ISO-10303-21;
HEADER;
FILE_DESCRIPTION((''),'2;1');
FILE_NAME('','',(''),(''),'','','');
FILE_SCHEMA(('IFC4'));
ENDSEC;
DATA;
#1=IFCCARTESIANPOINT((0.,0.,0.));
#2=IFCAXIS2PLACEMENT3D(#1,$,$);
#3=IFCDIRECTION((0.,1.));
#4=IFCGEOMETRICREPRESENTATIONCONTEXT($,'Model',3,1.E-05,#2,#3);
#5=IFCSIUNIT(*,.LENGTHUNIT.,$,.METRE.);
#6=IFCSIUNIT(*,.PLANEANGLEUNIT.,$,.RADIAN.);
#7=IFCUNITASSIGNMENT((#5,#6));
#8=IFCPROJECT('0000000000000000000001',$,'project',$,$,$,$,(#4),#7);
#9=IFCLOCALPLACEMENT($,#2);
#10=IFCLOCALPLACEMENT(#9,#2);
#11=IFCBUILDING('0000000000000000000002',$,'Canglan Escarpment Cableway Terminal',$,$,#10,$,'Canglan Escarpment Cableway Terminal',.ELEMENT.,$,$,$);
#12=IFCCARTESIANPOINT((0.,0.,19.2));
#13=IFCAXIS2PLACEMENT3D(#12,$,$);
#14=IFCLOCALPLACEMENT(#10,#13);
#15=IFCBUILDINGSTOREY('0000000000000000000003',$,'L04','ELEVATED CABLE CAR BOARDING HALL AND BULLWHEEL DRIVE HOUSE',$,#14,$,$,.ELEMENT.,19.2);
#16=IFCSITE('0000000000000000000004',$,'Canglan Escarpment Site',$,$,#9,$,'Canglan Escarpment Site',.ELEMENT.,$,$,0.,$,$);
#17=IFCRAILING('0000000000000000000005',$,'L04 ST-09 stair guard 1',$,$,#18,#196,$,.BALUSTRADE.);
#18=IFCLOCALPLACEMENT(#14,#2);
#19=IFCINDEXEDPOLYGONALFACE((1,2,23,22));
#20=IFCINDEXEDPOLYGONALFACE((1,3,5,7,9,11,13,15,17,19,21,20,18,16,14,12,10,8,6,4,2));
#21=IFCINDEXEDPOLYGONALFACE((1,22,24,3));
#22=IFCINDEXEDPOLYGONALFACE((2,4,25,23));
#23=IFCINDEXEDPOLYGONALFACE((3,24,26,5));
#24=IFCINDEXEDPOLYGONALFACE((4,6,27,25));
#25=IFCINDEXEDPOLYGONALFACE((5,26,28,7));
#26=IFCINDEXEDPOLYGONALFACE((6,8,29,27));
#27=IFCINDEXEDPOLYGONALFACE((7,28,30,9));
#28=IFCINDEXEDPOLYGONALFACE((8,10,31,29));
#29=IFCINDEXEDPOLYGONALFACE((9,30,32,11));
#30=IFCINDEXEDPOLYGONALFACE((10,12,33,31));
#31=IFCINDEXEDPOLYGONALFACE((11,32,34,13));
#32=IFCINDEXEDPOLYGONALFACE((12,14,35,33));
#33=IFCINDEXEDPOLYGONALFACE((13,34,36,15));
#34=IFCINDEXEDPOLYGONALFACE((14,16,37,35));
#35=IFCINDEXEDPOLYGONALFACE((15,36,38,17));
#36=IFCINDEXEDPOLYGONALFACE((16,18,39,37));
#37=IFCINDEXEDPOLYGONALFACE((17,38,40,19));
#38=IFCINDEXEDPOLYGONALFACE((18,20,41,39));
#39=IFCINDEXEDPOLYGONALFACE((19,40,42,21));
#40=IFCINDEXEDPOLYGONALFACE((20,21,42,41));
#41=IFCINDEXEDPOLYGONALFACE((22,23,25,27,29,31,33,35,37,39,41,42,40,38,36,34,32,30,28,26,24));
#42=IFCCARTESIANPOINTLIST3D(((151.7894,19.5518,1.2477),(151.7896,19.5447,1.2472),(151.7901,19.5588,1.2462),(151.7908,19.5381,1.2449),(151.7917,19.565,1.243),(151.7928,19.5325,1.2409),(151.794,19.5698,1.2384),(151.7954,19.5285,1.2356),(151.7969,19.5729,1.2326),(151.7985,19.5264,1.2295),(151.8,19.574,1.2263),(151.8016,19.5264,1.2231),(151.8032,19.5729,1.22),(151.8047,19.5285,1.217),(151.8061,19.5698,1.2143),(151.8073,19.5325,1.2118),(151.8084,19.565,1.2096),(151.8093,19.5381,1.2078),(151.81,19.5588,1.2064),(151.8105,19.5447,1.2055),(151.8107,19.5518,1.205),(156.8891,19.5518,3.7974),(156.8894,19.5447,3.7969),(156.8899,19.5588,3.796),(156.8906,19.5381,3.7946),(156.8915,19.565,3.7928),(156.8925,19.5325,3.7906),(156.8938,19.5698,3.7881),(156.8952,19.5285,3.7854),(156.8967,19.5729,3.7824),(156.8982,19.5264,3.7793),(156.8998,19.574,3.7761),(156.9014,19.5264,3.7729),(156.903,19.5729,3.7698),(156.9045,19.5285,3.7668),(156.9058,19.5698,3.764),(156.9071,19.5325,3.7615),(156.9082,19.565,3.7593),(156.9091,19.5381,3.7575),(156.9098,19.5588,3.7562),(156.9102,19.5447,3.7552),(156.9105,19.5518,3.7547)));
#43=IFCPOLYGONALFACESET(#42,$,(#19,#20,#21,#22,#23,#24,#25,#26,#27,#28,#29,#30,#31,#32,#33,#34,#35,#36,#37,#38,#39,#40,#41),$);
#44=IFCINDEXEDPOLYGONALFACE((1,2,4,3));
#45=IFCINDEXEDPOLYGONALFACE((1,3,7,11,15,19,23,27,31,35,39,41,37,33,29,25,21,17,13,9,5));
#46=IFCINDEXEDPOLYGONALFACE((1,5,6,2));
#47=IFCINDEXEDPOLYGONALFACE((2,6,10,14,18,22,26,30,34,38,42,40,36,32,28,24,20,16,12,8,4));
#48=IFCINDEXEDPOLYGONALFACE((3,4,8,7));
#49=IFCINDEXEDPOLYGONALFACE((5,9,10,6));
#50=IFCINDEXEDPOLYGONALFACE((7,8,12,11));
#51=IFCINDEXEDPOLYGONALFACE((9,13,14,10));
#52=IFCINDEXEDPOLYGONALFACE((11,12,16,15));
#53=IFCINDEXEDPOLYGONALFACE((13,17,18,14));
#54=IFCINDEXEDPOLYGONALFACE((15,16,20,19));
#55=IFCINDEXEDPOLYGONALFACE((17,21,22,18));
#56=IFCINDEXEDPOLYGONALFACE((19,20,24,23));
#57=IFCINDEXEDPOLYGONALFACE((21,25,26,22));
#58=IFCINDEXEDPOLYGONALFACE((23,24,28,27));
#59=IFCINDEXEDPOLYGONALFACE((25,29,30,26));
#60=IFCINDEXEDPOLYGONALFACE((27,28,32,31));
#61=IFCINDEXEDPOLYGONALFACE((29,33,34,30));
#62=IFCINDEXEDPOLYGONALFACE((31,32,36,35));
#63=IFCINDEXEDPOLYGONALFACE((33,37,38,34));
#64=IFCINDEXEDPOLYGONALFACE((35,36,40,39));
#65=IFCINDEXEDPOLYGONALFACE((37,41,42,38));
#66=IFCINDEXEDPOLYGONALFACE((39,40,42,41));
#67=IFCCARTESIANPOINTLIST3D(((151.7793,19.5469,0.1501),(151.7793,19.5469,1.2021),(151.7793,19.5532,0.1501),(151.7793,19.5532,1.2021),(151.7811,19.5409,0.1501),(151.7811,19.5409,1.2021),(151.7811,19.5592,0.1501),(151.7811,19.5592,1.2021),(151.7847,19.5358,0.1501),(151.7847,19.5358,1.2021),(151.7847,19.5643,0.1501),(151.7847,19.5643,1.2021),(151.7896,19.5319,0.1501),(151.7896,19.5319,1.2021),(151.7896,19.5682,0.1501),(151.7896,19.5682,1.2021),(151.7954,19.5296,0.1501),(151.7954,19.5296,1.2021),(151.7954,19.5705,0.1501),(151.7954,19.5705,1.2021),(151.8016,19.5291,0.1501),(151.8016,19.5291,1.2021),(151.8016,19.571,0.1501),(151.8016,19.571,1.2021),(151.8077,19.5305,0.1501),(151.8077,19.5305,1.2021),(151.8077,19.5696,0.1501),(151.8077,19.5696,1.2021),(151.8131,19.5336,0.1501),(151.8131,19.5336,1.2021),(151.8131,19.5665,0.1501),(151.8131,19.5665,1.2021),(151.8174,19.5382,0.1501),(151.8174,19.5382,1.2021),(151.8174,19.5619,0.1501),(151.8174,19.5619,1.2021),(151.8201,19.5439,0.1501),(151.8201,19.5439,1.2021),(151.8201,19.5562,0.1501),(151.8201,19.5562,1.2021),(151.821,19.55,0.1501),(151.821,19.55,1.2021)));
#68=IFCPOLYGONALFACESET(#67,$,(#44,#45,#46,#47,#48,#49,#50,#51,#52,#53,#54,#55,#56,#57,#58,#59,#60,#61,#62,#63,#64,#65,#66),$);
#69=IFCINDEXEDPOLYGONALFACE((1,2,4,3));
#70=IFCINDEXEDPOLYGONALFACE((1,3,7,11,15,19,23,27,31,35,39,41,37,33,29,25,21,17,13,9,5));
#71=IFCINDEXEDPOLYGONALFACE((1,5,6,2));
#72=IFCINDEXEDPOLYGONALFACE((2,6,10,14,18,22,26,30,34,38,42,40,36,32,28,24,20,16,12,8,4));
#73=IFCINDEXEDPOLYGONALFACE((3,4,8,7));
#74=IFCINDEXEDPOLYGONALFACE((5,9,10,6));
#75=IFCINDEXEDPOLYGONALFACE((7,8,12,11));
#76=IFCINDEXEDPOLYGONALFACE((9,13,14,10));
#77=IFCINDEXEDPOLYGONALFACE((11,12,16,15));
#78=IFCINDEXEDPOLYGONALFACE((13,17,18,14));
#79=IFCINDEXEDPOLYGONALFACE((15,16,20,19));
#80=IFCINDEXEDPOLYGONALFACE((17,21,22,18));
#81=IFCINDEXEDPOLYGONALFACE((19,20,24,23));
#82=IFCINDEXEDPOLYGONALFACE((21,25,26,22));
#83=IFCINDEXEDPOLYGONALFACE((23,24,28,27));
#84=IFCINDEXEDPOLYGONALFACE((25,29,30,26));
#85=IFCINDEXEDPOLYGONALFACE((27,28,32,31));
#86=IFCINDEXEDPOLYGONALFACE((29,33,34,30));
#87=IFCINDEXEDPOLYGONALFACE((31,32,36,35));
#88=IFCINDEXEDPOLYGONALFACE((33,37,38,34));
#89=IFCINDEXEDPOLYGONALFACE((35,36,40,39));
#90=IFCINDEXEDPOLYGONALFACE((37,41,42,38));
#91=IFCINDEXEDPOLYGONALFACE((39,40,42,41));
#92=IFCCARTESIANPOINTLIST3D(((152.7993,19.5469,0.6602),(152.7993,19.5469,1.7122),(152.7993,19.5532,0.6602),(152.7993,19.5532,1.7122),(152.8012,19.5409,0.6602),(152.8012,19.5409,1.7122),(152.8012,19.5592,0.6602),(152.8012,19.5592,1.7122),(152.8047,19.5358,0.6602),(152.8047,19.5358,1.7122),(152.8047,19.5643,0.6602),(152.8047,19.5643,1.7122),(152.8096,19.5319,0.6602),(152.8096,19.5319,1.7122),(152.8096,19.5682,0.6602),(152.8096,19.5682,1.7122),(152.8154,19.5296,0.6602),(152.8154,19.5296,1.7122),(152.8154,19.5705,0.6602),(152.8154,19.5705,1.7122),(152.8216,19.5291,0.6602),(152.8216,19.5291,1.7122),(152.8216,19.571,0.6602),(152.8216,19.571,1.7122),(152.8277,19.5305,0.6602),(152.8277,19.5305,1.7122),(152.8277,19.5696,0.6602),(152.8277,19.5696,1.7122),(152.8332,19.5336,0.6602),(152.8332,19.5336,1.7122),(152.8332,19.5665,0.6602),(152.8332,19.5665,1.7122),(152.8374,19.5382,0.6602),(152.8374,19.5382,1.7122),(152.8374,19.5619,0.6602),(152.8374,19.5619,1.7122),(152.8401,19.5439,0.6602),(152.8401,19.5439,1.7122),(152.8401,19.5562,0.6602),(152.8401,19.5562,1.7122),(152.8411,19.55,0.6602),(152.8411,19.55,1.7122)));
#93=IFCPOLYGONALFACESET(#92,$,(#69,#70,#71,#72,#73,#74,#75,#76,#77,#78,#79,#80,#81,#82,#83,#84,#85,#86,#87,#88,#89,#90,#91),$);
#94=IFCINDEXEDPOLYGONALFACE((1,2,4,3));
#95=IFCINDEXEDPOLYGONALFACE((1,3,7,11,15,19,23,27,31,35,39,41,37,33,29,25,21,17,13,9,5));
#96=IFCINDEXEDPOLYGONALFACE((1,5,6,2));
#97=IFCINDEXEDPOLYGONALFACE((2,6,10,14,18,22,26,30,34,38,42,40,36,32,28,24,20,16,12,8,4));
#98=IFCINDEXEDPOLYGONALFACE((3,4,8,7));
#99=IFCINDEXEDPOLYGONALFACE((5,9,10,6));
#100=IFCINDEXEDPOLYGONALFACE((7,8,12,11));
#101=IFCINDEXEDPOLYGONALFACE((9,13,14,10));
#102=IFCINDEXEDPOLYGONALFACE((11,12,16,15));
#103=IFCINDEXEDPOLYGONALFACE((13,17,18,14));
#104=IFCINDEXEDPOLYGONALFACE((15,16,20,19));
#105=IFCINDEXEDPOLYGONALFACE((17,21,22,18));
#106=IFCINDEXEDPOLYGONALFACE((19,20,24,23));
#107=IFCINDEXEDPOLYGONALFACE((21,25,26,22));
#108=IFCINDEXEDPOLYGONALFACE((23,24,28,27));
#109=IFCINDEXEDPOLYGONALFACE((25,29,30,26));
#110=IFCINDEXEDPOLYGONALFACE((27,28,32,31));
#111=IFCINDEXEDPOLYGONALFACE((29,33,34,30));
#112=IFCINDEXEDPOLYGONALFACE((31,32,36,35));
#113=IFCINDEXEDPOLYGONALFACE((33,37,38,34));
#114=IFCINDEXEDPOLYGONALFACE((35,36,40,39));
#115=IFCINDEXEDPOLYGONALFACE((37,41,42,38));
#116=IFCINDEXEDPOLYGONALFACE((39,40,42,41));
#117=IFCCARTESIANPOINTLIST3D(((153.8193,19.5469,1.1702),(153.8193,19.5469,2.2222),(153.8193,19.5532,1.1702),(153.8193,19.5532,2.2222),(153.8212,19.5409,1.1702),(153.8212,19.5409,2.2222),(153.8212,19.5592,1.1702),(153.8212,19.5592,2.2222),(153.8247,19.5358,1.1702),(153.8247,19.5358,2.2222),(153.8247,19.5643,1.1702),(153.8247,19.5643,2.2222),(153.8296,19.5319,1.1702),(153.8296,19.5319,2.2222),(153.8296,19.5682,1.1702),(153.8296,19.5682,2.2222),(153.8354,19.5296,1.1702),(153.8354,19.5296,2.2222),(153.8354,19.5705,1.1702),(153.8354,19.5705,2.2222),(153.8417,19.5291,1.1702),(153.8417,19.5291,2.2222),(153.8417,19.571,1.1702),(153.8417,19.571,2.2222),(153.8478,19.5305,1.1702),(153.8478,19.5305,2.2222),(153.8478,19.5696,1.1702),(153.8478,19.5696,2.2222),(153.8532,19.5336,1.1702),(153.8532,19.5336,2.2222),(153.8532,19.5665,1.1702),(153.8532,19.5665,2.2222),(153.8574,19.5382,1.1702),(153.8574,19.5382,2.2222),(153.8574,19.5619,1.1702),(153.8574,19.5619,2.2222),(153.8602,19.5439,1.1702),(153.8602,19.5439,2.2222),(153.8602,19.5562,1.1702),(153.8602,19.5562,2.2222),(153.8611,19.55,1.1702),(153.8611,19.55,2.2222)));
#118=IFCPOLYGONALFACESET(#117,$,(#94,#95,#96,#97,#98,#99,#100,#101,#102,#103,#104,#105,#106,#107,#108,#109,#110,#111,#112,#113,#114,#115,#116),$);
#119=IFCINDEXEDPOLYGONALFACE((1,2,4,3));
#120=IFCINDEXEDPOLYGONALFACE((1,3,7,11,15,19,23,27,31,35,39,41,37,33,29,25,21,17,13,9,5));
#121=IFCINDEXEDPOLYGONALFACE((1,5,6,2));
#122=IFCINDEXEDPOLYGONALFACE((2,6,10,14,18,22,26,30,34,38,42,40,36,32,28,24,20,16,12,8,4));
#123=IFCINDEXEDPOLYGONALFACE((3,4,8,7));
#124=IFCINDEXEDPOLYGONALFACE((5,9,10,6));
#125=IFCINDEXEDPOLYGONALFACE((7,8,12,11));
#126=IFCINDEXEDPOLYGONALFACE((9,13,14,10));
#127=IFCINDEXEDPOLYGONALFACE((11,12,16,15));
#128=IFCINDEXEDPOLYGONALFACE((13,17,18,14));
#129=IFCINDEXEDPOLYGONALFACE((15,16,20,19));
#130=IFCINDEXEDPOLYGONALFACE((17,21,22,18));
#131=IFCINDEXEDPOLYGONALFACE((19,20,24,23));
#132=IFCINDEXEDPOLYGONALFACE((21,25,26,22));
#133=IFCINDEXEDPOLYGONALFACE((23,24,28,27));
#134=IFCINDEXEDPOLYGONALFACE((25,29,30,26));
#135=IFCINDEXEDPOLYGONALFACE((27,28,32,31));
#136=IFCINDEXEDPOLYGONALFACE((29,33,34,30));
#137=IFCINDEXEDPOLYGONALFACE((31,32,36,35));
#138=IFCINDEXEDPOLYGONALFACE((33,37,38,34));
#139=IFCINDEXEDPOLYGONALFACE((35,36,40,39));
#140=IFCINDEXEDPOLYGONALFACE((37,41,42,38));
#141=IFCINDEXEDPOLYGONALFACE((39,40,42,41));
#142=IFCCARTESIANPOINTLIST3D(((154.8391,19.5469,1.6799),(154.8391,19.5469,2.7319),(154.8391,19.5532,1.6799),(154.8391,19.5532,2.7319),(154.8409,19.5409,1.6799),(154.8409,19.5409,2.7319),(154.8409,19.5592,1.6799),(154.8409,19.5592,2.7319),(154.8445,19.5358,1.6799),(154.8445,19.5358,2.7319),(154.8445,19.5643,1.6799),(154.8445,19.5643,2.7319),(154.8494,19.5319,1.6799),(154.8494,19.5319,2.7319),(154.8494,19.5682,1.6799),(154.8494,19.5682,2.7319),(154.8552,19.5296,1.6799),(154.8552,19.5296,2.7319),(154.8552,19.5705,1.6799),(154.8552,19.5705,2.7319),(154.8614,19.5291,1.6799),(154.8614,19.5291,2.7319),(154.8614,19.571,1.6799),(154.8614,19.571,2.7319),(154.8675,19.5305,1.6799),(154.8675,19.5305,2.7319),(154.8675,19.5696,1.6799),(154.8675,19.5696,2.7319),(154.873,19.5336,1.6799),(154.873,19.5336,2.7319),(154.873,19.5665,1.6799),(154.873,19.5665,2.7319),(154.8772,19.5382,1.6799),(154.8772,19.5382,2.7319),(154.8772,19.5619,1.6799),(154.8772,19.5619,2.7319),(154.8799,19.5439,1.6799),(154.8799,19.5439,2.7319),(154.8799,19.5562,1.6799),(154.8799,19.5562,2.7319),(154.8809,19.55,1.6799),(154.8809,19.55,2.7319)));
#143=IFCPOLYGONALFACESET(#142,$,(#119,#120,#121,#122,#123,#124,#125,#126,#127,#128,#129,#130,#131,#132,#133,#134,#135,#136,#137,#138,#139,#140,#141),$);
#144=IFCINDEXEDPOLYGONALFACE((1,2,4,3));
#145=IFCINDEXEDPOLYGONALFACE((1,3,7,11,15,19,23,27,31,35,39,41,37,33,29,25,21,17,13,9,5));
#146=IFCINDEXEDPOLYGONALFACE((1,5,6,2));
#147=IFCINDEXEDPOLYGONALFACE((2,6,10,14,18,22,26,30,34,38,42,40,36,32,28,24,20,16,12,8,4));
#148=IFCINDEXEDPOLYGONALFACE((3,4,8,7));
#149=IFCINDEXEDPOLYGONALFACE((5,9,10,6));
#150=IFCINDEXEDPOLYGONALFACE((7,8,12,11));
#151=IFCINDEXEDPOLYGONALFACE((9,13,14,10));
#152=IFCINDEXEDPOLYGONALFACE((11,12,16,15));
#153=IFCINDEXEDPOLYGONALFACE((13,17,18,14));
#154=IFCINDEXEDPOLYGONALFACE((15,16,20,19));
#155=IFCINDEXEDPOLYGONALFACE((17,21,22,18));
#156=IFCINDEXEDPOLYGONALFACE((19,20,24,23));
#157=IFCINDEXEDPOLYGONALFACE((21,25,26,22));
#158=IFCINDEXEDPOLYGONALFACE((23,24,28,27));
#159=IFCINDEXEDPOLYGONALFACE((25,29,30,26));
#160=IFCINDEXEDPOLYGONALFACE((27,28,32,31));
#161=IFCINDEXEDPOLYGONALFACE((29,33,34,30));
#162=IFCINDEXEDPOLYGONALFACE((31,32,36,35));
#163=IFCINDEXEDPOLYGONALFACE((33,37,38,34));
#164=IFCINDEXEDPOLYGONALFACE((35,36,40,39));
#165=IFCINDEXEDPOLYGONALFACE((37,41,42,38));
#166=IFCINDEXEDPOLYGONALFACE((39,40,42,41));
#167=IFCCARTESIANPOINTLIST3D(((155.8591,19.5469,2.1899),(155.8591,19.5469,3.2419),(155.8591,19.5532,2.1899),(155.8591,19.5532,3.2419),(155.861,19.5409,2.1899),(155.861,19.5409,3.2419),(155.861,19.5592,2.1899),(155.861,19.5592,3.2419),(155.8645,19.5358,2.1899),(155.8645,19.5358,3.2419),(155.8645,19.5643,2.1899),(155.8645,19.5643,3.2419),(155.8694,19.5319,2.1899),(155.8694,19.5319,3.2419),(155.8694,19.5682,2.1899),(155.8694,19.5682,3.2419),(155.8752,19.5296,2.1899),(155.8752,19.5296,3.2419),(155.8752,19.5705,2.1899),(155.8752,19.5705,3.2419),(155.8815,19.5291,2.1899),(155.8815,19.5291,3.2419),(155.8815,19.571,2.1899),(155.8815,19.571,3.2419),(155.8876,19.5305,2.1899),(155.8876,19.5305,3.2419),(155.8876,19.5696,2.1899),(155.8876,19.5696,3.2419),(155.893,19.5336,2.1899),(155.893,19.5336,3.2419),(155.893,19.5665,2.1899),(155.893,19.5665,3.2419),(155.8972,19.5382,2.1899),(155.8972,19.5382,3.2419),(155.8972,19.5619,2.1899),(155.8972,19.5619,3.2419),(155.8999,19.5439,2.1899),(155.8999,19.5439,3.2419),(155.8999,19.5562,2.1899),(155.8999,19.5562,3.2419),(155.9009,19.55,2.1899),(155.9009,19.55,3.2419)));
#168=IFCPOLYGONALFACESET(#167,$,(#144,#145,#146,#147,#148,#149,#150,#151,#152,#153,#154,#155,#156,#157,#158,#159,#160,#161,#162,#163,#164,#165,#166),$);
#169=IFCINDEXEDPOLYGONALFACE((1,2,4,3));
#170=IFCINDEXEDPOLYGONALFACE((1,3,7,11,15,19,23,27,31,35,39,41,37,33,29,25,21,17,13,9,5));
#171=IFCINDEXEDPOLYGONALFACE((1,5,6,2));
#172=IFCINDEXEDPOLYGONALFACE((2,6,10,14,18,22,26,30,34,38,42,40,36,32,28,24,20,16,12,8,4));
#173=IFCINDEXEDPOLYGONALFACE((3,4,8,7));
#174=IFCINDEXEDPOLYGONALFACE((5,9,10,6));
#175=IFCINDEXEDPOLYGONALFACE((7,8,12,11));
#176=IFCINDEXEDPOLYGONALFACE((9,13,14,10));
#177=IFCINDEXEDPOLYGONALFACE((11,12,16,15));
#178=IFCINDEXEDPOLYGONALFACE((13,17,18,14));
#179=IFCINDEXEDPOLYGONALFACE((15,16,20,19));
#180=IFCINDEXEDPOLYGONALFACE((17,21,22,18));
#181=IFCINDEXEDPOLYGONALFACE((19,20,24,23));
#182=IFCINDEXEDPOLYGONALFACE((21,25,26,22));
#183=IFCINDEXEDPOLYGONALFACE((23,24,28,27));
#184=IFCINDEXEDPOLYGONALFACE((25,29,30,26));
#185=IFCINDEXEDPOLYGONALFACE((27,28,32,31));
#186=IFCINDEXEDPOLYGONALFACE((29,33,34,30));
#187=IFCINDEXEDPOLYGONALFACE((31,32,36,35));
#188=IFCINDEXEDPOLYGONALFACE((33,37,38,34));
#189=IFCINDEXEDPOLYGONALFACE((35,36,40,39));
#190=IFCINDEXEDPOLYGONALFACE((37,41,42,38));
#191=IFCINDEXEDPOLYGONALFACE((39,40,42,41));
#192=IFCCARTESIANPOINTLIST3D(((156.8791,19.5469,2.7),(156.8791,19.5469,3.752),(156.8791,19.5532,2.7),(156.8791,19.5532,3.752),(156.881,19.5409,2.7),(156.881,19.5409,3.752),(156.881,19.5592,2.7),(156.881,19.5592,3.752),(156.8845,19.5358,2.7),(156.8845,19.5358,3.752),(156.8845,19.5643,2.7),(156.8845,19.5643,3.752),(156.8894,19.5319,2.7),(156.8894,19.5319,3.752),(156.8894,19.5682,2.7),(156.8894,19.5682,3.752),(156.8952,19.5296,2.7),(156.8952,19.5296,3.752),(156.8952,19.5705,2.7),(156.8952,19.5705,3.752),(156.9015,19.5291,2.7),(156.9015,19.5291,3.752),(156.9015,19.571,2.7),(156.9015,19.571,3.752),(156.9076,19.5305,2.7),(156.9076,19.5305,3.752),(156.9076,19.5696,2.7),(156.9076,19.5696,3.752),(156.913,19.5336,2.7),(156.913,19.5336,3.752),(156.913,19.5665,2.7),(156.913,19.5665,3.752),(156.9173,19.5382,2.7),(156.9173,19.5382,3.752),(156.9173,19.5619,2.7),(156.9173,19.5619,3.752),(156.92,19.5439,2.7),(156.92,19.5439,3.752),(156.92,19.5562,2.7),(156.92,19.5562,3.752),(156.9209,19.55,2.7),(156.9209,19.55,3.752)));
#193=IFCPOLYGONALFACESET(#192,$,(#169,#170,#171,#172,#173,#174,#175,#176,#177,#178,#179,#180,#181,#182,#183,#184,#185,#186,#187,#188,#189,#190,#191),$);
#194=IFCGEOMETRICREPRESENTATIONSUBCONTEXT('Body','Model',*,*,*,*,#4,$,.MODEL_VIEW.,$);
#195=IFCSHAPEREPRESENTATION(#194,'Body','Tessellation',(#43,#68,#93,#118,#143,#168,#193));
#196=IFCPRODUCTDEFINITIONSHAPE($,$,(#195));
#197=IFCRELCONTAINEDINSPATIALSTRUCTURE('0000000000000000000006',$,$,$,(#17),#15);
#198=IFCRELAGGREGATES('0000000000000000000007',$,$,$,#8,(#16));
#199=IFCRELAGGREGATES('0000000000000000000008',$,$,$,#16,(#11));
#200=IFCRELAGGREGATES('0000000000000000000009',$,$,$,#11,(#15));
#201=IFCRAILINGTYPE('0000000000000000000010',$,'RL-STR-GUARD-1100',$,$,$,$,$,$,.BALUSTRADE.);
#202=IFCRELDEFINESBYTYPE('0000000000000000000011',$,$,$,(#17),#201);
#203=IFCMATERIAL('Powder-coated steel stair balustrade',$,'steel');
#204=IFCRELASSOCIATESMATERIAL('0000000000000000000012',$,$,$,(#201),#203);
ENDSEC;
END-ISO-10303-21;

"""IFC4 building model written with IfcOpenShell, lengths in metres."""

from ifc_helpers import new_model, si_unit, direction, frame, origin, origin_2d, place, context, subcontext, project, spatial, circle, extrude, material, type_object, element, save


model = new_model("IFC4")

# Units and contexts
model_context = context("Model", 3, precision=1e-05, world=origin(), true_north=direction((0.0, 1.0)))
body_context = subcontext(model_context, "Body", "Model", "MODEL_VIEW")
ifc_project = project(units=[si_unit("LENGTHUNIT", "METRE"), si_unit("PLANEANGLEUNIT", "RADIAN")], contexts=[model_context])

# Site, building, storey
site_placement = place(None, origin())
site = spatial("IfcSite", under=ifc_project, at=site_placement, Name="Canglan Escarpment Site", LongName="Canglan Escarpment Site", CompositionType="ELEMENT", RefElevation=0.0)
building_placement = place(site_placement, origin())
building = spatial("IfcBuilding", under=site, at=building_placement, Name="Canglan Escarpment Cableway Terminal", LongName="Canglan Escarpment Cableway Terminal", CompositionType="ELEMENT")
storey_placement = place(building_placement, frame((0.0, 0.0, 19.2)))
storey = spatial("IfcBuildingStorey", under=building, at=storey_placement, Name="L04", Description="ELEVATED CABLE CAR BOARDING HALL AND BULLWHEEL DRIVE HOUSE", CompositionType="ELEMENT", Elevation=19.2)

# Railing
ifc_material_1 = material(Name="Powder-coated steel stair balustrade", Category="steel")
railing_type_1 = type_object("IfcRailingType", Name="RL-STR-GUARD-1100", PredefinedType="BALUSTRADE", material=ifc_material_1)
railing_1_placement = place(storey_placement, frame((151.8, 19.55, 0.1501)))
element("IfcRailing", 1, at=railing_1_placement, inside=storey, type_object=railing_type_1, Name="L04 ST-09 stair guard 1", PredefinedType="BALUSTRADE", context=body_context, shape_type="SweptSolid", body=[
    extrude(circle(Radius=0.0239, at=origin_2d()), frame((0.0, 0.0, 1.0762), z_axis=(0.894436, 0.0, 0.447196), x_axis=(0.0, 1.0, 0.0)), (0.0, 0.0, 1.0), 5.7017),
    extrude(circle(Radius=0.021, at=origin_2d()), origin(), (0.0, 0.0, 1.0), 1.052),
    extrude(circle(Radius=0.021, at=origin_2d()), frame((1.02, 0.0, 0.51)), (0.0, 0.0, 1.0), 1.052),
    extrude(circle(Radius=0.021, at=origin_2d()), frame((2.04, 0.0, 1.02)), (0.0, 0.0, 1.0), 1.052),
    extrude(circle(Radius=0.021, at=origin_2d()), frame((3.0598, 0.0, 1.5298)), (0.0, 0.0, 1.0), 1.052),
    extrude(circle(Radius=0.021, at=origin_2d()), frame((4.0798, 0.0, 2.0398)), (0.0, 0.0, 1.0), 1.052),
    extrude(circle(Radius=0.021, at=origin_2d()), frame((5.0999, 0.0, 2.5498)), (0.0, 0.0, 1.0), 1.052),
])

save(model, "model.ifc")
